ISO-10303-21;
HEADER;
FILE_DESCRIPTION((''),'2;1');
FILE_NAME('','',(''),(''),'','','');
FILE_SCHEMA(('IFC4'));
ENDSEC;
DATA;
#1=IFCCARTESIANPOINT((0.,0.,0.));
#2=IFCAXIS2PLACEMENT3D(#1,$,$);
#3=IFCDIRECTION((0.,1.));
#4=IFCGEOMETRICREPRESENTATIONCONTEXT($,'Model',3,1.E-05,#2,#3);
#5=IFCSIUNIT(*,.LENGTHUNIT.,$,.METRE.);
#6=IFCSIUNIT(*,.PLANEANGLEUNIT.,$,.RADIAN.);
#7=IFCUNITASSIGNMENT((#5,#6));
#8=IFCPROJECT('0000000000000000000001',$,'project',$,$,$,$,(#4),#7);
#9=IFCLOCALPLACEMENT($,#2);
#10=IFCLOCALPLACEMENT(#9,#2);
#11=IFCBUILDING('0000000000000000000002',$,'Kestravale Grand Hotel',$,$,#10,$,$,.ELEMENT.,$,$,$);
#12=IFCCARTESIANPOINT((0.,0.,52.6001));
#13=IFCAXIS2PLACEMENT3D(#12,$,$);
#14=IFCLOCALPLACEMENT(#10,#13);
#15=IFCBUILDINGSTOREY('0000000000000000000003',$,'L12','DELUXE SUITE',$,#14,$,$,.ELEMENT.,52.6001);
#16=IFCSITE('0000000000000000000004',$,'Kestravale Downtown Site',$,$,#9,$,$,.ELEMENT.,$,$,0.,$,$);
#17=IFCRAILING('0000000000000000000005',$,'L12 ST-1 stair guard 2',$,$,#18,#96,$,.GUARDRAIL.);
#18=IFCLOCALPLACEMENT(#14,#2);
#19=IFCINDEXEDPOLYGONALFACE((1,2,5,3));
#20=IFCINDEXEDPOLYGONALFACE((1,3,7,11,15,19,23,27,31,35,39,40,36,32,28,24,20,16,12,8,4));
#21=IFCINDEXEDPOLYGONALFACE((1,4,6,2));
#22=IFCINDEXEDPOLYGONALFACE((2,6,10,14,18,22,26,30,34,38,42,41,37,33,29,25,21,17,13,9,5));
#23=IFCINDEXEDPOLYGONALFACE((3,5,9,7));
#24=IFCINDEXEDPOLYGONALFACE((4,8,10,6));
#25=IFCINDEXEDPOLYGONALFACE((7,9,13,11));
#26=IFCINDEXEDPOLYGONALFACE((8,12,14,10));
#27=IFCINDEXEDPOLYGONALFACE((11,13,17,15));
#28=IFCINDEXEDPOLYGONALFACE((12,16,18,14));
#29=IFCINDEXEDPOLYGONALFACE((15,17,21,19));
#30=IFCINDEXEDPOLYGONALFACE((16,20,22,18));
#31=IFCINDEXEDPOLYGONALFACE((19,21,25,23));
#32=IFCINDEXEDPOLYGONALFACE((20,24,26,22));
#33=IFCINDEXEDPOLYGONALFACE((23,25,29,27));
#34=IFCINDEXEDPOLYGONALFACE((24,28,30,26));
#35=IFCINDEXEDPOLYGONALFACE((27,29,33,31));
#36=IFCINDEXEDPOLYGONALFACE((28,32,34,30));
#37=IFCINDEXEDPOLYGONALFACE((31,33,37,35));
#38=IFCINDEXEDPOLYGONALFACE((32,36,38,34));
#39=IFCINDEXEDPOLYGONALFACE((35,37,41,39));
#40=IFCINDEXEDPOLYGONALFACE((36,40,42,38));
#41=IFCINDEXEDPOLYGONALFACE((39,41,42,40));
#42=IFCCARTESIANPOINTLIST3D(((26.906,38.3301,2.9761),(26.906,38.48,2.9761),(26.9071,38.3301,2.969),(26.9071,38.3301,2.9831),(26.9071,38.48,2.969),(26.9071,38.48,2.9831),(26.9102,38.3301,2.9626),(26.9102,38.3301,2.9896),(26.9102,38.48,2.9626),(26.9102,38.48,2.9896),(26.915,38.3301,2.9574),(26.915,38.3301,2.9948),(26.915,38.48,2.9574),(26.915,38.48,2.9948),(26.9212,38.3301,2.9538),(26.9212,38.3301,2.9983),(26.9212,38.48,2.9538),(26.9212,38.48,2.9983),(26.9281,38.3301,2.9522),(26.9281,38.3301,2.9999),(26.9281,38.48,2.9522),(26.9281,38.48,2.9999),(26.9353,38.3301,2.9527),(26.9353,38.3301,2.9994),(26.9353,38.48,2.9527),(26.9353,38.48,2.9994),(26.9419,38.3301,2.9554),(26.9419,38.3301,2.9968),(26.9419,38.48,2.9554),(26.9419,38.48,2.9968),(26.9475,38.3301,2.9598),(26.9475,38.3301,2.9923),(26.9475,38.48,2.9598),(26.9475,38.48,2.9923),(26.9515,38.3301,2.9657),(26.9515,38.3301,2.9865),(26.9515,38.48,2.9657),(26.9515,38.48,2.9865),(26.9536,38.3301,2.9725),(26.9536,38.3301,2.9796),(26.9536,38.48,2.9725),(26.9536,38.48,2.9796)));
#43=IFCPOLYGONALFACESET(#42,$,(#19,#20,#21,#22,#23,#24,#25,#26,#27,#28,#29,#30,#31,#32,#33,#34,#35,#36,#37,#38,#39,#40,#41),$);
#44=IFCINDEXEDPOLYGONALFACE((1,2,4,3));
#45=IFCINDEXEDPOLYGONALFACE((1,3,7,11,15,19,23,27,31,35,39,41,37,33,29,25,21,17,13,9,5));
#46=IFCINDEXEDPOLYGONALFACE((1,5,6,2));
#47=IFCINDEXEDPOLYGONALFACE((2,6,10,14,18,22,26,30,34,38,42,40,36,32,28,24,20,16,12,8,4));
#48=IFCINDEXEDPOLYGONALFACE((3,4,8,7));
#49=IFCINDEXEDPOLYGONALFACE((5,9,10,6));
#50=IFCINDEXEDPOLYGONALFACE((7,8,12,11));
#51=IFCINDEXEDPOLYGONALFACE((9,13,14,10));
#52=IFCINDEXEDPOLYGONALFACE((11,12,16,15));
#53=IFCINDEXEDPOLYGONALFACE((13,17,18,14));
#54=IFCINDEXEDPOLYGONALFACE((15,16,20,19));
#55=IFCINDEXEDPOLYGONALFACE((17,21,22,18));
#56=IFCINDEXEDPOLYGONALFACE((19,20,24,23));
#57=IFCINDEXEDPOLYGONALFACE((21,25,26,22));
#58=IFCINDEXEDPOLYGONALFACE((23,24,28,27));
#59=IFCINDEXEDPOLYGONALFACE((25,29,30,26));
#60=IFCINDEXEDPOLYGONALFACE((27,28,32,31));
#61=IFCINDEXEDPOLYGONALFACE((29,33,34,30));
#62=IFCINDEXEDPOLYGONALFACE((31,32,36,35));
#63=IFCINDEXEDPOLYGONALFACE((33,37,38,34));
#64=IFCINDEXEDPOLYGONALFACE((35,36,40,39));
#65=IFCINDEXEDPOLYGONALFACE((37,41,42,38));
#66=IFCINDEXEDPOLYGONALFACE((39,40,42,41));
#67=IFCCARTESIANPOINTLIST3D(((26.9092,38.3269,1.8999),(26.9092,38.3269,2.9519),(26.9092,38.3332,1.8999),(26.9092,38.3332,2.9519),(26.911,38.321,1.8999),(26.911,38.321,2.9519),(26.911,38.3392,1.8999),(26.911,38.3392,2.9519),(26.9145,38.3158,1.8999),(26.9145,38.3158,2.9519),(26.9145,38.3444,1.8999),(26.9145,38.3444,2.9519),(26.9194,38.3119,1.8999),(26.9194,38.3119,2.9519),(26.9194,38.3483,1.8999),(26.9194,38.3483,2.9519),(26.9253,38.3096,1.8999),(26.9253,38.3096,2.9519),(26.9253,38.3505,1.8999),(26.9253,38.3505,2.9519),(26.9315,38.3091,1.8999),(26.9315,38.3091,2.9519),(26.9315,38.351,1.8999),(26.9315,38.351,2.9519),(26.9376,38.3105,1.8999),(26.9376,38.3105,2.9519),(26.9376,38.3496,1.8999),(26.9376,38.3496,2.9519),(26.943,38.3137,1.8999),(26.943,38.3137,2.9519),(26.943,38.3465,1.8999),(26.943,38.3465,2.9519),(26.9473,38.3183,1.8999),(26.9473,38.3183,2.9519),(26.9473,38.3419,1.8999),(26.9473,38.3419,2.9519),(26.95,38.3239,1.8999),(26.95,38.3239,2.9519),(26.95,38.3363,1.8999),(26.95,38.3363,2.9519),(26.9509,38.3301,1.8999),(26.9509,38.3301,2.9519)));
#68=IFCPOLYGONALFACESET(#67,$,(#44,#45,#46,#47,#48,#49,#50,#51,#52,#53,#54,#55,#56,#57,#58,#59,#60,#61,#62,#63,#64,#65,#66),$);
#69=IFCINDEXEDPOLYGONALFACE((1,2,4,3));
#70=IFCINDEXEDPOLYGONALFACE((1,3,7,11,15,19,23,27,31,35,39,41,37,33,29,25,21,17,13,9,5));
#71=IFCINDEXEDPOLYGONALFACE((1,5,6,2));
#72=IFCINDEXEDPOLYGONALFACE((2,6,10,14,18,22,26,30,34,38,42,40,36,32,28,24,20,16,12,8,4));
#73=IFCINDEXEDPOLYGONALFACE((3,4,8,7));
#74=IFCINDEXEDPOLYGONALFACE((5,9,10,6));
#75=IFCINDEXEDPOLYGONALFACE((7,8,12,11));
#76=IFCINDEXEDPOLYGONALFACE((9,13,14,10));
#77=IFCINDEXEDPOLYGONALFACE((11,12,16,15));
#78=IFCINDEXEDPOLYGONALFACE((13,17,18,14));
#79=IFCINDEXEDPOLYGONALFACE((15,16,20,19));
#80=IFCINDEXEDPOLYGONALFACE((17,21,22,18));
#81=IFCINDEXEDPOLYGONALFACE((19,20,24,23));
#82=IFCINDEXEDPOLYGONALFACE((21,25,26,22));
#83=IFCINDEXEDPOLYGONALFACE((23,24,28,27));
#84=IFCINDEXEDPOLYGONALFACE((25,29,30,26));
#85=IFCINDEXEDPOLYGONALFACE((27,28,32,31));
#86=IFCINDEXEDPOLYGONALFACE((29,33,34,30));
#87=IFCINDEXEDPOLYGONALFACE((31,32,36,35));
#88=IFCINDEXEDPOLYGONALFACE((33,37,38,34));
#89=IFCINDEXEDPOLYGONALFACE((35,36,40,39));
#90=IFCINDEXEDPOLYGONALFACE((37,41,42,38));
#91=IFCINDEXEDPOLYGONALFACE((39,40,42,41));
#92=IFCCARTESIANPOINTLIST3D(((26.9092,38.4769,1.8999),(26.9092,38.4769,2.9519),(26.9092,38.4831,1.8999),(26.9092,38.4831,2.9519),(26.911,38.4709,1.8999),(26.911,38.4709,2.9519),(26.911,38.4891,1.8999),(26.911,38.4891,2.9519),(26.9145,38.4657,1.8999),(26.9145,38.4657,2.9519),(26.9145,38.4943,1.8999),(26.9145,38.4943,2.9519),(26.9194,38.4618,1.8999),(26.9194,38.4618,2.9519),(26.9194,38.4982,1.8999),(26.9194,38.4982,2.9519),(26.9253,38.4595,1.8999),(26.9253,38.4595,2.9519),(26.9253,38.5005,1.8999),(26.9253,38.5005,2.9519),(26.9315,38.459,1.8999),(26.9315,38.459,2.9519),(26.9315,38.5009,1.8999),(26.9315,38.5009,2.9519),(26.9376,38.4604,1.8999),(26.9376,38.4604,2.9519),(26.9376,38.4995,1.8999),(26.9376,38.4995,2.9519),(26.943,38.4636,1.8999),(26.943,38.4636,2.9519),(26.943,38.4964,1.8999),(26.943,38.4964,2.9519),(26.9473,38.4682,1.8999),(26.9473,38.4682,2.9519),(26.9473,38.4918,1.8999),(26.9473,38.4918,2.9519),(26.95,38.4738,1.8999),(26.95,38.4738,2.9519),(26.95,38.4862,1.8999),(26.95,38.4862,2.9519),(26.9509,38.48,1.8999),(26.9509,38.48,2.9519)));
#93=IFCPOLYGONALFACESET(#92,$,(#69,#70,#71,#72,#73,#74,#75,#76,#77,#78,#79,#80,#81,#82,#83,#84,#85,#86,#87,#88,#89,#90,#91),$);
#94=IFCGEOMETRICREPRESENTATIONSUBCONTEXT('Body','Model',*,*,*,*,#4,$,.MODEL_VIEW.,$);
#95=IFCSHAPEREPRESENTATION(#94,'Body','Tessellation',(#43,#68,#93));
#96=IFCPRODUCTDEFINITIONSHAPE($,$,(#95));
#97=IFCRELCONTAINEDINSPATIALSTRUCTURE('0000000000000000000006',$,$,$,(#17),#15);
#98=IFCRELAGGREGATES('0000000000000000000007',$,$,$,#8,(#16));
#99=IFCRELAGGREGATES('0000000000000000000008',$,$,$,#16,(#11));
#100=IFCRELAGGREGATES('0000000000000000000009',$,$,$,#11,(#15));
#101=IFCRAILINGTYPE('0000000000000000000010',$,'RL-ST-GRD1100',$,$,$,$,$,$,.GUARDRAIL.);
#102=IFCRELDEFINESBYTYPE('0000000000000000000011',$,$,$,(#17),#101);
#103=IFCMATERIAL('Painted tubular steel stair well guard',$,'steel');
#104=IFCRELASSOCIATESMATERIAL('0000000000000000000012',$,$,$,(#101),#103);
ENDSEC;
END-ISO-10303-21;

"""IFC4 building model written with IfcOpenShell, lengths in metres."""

from ifc_helpers import new_model, si_unit, direction, frame, origin, origin_2d, place, context, subcontext, project, spatial, circle, extrude, material, type_object, element, save


model = new_model("IFC4")

# Units and contexts
model_context = context("Model", 3, precision=1e-05, world=origin(), true_north=direction((0.0, 1.0)))
body_context = subcontext(model_context, "Body", "Model", "MODEL_VIEW")
ifc_project = project(units=[si_unit("LENGTHUNIT", "METRE"), si_unit("PLANEANGLEUNIT", "RADIAN")], contexts=[model_context])

# Site, building, storey
site_placement = place(None, origin())
site = spatial("IfcSite", under=ifc_project, at=site_placement, Name="Kestravale Downtown Site", CompositionType="ELEMENT", RefElevation=0.0)
building_placement = place(site_placement, origin())
building = spatial("IfcBuilding", under=site, at=building_placement, Name="Kestravale Grand Hotel", CompositionType="ELEMENT")
storey_placement = place(building_placement, frame((0.0, 0.0, 52.6001)))
storey = spatial("IfcBuildingStorey", under=building, at=storey_placement, Name="L12", Description="DELUXE SUITE", CompositionType="ELEMENT", Elevation=52.6001)

# Railing
ifc_material_1 = material(Name="Painted tubular steel stair well guard", Category="steel")
railing_type_1 = type_object("IfcRailingType", Name="RL-ST-GRD1100", PredefinedType="GUARDRAIL", material=ifc_material_1)
railing_1_placement = place(storey_placement, frame((26.9299, 38.3301, 1.8999)))
element("IfcRailing", 1, at=railing_1_placement, inside=storey, type_object=railing_type_1, Name="L12 ST-1 stair guard 2", PredefinedType="GUARDRAIL", context=body_context, shape_type="SweptSolid", body=[
    extrude(circle(Radius=0.0239, at=origin_2d()), frame((0.0, 0.0, 1.0762), z_axis=(0.0, 1.0, 0.0), x_axis=(-1.0, 0.0, 0.0)), (0.0, 0.0, 1.0), 0.1499),
    extrude(circle(Radius=0.021, at=origin_2d()), origin(), (0.0, 0.0, 1.0), 1.052),
    extrude(circle(Radius=0.021, at=origin_2d()), frame((0.0, 0.1499, 0.0)), (0.0, 0.0, 1.0), 1.052),
])

save(model, "model.ifc")
